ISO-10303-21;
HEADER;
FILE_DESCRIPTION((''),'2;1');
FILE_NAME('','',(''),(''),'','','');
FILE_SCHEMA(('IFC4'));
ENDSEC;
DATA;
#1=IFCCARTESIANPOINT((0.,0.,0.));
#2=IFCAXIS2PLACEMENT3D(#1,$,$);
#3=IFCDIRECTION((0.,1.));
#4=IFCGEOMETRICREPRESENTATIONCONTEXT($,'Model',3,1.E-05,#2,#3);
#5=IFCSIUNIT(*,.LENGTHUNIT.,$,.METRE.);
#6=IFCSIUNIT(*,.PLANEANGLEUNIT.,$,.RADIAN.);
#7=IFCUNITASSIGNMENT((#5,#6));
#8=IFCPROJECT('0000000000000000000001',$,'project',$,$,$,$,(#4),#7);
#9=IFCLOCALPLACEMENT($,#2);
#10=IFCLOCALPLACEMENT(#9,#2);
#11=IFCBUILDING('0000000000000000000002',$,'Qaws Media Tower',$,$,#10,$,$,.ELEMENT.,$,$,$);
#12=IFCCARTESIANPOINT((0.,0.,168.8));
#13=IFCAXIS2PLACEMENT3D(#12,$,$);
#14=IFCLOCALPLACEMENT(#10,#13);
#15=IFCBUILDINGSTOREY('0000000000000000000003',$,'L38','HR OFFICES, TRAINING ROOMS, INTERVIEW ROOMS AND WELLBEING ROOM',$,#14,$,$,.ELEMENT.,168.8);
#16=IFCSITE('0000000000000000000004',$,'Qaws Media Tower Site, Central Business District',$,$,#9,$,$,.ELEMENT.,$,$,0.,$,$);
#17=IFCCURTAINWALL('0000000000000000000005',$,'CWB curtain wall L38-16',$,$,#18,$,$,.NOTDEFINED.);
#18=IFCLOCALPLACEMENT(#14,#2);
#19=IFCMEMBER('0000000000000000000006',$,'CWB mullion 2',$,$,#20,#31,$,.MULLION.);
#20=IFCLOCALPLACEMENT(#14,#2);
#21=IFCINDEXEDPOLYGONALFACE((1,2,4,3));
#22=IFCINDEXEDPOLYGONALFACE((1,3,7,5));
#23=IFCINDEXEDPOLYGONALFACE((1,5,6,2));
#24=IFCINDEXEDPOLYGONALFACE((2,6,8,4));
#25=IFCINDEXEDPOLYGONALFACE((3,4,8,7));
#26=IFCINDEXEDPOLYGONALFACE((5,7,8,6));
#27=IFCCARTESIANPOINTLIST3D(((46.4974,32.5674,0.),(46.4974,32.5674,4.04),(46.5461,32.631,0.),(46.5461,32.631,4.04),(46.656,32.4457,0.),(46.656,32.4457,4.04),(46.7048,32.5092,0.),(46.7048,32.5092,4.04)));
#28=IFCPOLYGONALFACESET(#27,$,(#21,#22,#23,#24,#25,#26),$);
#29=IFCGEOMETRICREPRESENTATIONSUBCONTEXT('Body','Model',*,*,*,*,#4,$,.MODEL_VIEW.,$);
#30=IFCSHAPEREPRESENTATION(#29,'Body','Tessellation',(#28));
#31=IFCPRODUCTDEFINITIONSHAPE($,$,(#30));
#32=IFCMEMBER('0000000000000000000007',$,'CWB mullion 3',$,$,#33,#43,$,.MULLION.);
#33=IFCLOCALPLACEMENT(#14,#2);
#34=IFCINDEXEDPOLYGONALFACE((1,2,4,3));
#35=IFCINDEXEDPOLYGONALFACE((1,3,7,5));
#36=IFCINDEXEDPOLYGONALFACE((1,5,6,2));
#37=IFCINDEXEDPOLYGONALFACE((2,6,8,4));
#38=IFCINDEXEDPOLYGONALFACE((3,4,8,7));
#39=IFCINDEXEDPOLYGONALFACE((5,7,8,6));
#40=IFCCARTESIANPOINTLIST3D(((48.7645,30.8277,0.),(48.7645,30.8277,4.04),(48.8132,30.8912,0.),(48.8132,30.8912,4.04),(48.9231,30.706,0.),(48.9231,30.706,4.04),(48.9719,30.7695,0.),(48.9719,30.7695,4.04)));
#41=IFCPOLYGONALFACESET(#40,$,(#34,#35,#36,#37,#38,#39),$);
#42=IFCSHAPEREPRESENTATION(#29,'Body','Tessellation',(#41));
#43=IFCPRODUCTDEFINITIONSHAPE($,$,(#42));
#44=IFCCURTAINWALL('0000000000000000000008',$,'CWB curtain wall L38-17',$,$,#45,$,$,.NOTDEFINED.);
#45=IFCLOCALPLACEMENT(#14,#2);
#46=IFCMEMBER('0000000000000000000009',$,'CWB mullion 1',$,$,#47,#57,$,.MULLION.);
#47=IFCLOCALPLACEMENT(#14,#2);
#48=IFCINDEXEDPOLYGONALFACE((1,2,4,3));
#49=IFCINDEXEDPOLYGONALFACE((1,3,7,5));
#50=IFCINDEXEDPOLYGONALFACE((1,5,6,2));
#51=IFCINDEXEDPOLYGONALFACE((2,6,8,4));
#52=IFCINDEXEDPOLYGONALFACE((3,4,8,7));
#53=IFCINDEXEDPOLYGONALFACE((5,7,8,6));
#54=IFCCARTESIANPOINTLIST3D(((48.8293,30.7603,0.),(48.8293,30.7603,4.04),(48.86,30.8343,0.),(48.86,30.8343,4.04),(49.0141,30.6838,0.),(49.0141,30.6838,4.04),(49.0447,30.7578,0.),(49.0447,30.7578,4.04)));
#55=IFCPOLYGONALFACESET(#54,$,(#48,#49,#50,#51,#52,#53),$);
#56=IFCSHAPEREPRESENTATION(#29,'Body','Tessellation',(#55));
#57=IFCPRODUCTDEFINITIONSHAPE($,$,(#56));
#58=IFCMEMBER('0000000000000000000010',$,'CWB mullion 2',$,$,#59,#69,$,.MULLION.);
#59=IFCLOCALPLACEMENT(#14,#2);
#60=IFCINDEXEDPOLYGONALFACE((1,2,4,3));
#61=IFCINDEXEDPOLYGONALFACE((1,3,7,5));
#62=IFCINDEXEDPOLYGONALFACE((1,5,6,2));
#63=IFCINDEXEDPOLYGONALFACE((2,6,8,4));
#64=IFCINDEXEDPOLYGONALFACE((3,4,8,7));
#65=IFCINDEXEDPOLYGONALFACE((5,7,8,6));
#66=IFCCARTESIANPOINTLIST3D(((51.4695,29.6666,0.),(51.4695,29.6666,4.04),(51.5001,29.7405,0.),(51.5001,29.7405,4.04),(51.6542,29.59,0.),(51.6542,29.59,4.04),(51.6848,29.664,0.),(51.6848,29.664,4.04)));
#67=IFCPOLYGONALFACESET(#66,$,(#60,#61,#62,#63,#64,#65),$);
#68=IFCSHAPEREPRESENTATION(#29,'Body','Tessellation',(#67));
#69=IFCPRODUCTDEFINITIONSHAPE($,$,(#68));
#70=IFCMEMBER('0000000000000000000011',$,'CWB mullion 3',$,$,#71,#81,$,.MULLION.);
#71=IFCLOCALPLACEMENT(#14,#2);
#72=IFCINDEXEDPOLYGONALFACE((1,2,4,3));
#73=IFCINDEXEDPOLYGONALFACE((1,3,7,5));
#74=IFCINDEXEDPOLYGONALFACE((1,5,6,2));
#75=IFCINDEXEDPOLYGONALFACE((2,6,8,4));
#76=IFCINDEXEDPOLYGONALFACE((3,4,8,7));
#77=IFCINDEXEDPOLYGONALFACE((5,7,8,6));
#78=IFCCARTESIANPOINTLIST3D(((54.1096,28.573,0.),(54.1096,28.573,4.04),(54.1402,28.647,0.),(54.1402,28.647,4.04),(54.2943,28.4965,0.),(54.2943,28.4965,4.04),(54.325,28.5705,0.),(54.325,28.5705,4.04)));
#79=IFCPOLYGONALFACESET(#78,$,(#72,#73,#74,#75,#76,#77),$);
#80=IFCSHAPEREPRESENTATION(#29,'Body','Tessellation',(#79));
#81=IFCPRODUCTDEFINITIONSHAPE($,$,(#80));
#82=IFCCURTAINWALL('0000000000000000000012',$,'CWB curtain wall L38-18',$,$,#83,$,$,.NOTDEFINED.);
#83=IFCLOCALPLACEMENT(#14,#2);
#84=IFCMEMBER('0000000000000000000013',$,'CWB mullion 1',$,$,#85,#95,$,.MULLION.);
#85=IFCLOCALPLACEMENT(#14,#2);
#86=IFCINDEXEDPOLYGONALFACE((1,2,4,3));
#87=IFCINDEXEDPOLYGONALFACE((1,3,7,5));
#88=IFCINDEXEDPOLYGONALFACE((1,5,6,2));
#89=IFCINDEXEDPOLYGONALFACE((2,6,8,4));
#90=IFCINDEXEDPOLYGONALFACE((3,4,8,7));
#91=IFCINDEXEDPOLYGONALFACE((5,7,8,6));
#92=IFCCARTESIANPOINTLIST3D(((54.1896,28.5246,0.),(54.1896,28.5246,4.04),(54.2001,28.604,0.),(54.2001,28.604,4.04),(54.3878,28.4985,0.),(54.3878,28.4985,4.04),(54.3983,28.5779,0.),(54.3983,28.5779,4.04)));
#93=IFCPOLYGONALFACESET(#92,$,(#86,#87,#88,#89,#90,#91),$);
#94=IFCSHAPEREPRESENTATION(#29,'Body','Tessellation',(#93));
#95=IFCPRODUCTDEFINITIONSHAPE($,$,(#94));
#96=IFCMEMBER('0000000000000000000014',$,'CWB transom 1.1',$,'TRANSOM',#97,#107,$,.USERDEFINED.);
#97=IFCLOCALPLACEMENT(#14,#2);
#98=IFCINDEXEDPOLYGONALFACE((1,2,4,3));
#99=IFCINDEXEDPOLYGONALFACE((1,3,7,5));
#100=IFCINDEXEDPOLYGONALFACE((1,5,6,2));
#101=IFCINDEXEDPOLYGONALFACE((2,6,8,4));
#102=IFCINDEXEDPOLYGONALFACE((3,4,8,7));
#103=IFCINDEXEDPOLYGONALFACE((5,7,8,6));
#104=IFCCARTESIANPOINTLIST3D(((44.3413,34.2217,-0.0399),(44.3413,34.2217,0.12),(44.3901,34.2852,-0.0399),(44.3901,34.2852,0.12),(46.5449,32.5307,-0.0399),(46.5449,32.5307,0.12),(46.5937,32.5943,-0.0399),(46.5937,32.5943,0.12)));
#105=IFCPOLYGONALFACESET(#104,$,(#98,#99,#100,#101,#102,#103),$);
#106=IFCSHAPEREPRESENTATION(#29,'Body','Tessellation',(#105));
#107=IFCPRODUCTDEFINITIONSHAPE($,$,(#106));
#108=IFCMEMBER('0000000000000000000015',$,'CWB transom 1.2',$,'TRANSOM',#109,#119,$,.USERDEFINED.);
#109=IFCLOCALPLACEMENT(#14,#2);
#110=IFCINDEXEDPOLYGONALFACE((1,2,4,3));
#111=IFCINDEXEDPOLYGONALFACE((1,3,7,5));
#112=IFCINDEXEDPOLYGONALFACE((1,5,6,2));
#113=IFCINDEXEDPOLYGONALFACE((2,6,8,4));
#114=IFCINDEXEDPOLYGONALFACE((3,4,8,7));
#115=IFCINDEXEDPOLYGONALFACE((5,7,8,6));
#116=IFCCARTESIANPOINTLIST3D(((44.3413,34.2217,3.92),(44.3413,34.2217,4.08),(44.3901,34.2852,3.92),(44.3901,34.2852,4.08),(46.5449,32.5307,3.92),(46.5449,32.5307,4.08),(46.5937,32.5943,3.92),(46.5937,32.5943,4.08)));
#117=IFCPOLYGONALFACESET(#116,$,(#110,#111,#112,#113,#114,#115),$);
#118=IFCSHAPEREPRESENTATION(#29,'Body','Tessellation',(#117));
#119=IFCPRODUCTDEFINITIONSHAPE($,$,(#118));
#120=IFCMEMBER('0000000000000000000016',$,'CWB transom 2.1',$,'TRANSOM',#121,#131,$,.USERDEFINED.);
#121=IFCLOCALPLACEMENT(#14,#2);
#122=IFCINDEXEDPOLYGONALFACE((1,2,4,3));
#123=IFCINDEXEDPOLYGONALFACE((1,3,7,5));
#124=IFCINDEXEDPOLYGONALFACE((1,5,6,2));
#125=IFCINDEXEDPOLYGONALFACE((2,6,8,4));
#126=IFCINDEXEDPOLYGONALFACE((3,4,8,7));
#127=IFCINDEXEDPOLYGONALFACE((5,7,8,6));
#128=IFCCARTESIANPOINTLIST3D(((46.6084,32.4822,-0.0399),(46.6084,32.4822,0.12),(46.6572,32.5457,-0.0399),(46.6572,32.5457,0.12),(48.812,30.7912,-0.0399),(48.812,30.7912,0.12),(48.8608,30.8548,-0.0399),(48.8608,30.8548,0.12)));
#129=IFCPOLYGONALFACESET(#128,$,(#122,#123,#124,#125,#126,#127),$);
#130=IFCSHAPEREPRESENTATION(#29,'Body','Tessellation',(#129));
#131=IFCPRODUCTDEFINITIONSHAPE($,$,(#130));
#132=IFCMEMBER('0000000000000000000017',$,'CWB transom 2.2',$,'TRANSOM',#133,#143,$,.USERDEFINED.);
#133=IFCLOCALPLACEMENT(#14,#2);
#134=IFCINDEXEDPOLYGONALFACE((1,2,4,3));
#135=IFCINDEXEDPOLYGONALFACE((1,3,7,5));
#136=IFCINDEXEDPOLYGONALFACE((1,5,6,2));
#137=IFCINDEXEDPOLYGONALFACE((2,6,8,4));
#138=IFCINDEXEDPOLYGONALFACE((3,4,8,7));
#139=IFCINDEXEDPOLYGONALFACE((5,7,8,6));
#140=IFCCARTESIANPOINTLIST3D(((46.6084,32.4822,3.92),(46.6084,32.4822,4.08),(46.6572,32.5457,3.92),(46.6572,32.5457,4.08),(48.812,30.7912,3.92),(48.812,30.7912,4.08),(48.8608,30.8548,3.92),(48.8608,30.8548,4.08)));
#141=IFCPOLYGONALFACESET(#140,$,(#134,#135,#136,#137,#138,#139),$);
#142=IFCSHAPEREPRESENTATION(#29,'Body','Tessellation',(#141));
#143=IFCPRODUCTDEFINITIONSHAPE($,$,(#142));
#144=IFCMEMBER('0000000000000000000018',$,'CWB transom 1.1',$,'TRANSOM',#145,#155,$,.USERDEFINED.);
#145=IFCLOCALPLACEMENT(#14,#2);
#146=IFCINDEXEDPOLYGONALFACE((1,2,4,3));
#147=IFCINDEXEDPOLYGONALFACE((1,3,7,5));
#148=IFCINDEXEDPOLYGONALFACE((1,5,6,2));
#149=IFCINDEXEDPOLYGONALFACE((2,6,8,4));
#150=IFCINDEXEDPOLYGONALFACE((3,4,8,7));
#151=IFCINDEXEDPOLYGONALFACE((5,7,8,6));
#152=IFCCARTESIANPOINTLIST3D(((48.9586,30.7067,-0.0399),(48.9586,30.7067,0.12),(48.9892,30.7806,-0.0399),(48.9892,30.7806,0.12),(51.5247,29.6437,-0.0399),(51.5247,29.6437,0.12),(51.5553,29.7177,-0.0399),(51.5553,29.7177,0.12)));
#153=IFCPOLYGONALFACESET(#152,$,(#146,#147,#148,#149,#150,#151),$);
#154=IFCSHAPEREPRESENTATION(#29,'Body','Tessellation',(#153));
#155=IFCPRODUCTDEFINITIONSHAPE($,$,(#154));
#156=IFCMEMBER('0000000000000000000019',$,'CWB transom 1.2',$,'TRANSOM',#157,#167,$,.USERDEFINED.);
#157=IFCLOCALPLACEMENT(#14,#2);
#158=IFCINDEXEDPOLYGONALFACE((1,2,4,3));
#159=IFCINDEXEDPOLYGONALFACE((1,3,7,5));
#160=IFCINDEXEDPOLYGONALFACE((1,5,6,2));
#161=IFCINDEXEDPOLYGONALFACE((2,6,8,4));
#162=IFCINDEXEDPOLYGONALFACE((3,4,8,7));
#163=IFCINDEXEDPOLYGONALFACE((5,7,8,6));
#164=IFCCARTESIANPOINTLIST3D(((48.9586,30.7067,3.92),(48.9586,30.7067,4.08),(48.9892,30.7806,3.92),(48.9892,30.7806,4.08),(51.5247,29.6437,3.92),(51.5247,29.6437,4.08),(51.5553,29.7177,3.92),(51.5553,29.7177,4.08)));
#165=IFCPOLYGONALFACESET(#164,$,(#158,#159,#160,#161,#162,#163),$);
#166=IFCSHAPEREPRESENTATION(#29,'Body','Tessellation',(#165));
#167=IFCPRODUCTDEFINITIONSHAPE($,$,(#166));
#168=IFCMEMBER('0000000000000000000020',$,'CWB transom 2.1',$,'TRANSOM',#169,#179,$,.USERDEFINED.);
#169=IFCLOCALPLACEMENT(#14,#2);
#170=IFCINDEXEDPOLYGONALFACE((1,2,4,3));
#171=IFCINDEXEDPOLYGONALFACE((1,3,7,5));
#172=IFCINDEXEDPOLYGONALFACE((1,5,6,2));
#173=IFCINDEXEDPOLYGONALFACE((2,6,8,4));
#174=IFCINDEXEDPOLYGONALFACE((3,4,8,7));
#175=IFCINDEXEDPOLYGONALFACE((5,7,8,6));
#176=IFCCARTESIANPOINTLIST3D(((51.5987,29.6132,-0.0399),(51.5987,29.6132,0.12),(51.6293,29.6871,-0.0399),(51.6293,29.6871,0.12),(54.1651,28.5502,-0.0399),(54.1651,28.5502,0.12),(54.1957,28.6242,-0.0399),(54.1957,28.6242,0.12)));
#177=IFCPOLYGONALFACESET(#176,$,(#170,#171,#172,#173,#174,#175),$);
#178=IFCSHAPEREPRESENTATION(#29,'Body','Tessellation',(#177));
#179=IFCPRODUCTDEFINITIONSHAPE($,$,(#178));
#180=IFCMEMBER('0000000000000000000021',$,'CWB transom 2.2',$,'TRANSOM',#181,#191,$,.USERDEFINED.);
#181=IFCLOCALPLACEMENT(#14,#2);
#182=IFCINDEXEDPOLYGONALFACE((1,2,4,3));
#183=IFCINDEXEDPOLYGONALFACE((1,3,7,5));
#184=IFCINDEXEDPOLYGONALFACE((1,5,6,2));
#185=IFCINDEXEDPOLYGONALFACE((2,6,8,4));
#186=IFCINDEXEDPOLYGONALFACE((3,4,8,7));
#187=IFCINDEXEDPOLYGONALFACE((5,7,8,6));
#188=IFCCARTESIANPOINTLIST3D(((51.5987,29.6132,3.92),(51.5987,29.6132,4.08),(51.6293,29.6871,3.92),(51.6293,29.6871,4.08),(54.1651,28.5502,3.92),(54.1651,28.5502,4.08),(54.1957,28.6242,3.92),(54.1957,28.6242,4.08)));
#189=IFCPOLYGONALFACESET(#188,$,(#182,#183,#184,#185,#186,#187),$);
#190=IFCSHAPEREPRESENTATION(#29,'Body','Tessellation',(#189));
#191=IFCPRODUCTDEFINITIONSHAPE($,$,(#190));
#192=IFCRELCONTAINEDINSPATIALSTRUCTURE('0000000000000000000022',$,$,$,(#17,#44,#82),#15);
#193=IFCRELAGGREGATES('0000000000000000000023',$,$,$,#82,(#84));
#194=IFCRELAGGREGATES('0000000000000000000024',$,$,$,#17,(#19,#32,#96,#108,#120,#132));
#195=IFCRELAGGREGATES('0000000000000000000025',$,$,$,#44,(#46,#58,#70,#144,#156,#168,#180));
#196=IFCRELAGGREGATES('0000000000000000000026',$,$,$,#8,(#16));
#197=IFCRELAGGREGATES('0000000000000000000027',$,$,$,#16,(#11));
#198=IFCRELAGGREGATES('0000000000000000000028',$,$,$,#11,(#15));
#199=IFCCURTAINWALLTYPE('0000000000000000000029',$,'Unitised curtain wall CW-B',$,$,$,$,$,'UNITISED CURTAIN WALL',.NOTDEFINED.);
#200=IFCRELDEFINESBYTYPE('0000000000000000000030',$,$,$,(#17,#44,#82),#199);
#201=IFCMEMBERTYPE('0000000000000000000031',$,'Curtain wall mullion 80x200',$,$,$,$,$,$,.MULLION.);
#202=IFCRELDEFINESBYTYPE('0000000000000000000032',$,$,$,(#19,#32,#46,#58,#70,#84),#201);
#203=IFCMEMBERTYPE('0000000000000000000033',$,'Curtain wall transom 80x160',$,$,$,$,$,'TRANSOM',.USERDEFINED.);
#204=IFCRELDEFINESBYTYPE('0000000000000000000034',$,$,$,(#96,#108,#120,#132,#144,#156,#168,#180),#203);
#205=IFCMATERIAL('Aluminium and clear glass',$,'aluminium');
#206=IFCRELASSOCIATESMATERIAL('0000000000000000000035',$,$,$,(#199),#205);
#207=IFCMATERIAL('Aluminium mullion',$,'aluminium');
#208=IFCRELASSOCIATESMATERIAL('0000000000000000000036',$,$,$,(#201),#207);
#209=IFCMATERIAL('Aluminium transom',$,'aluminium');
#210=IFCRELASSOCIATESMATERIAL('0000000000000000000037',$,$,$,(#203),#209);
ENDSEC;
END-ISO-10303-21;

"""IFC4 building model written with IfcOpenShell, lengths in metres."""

from ifc_helpers import new_model, si_unit, direction, frame, origin, origin_2d, place, context, subcontext, project, spatial, rectangle, extrude, material, material_profile, profile_set, type_object, element, aggregate, save


model = new_model("IFC4")

# Units and contexts
model_context = context("Model", 3, precision=1e-05, world=origin(), true_north=direction((0.0, 1.0)))
body_context = subcontext(model_context, "Body", "Model", "MODEL_VIEW")
ifc_project = project(units=[si_unit("LENGTHUNIT", "METRE"), si_unit("PLANEANGLEUNIT", "RADIAN")], contexts=[model_context])

# Site, building, storey
site_placement = place(None, origin())
site = spatial("IfcSite", under=ifc_project, at=site_placement, Name="Qaws Media Tower Site, Central Business District", CompositionType="ELEMENT", RefElevation=0.0)
building_placement = place(site_placement, origin())
building = spatial("IfcBuilding", under=site, at=building_placement, Name="Qaws Media Tower", CompositionType="ELEMENT")
storey_placement = place(building_placement, frame((0.0, 0.0, 168.8)))
storey = spatial("IfcBuildingStorey", under=building, at=storey_placement, Name="L38", Description="HR OFFICES, TRAINING ROOMS, INTERVIEW ROOMS AND WELLBEING ROOM", CompositionType="ELEMENT", Elevation=168.8)

# Curtain walls, members
ifc_material_1 = material(Name="Aluminium and clear glass", Category="aluminium")
curtain_wall_type = type_object("IfcCurtainWallType", Name="Unitised curtain wall CW-B", ElementType="UNITISED CURTAIN WALL", PredefinedType="NOTDEFINED", material=ifc_material_1)
curtain_wall_1_placement = place(storey_placement, origin())
curtain_wall_1 = element("IfcCurtainWall", 1, at=curtain_wall_1_placement, inside=storey, type_object=curtain_wall_type, Name="CWB curtain wall L38-16", PredefinedType="NOTDEFINED")
ifc_material_2 = material(Name="Aluminium mullion", Category="aluminium")
ifc_material_profile_1 = material_profile(ifc_material_2, rectangle(XDim=0.0801, YDim=0.2, at=origin_2d()), Name="80x200")
ifc_profile_set_1 = profile_set([ifc_material_profile_1], Name="Aluminium mullion")
member_type_1 = type_object("IfcMemberType", Name="Curtain wall mullion 80x200", PredefinedType="MULLION", material=ifc_profile_set_1)
member_1_placement = place(storey_placement, frame((46.6011, 32.5383, 0.0), z_axis=(0.0, 0.0, 1.0), x_axis=(0.608761, 0.793353, 0.0)))
member_1 = element("IfcMember", 2, at=member_1_placement, type_object=member_type_1, Name="CWB mullion 2", PredefinedType="MULLION", context=body_context, shape_type="SweptSolid", body=[
    extrude(rectangle(XDim=0.0801, YDim=0.2, at=origin_2d()), origin(), (0.0, 0.0, 1.0), 4.04),
])
member_2_placement = place(storey_placement, frame((48.8682, 30.7986, 0.0), z_axis=(0.0, 0.0, 1.0), x_axis=(0.608761, 0.793353, 0.0)))
member_2 = element("IfcMember", 3, at=member_2_placement, type_object=member_type_1, Name="CWB mullion 3", PredefinedType="MULLION", context=body_context, shape_type="SweptSolid", body=[
    extrude(rectangle(XDim=0.0801, YDim=0.2, at=origin_2d()), origin(), (0.0, 0.0, 1.0), 4.04),
])
curtain_wall_2_placement = place(storey_placement, origin())
curtain_wall_2 = element("IfcCurtainWall", 4, at=curtain_wall_2_placement, inside=storey, type_object=curtain_wall_type, Name="CWB curtain wall L38-17", PredefinedType="NOTDEFINED")
member_3_placement = place(storey_placement, frame((48.937, 30.759, 0.0), z_axis=(0.0, 0.0, 1.0), x_axis=(0.382683, 0.92388, 0.0)))
member_3 = element("IfcMember", 5, at=member_3_placement, type_object=member_type_1, Name="CWB mullion 1", PredefinedType="MULLION", context=body_context, shape_type="SweptSolid", body=[
    extrude(rectangle(XDim=0.0801, YDim=0.2, at=origin_2d()), origin(), (0.0, 0.0, 1.0), 4.04),
])
member_4_placement = place(storey_placement, frame((51.5771, 29.6653, 0.0), z_axis=(0.0, 0.0, 1.0), x_axis=(0.382683, 0.92388, 0.0)))
member_4 = element("IfcMember", 6, at=member_4_placement, type_object=member_type_1, Name="CWB mullion 2", PredefinedType="MULLION", context=body_context, shape_type="SweptSolid", body=[
    extrude(rectangle(XDim=0.0801, YDim=0.2, at=origin_2d()), origin(), (0.0, 0.0, 1.0), 4.04),
])
member_5_placement = place(storey_placement, frame((54.2173, 28.5718, 0.0), z_axis=(0.0, 0.0, 1.0), x_axis=(0.382683, 0.92388, 0.0)))
member_5 = element("IfcMember", 7, at=member_5_placement, type_object=member_type_1, Name="CWB mullion 3", PredefinedType="MULLION", context=body_context, shape_type="SweptSolid", body=[
    extrude(rectangle(XDim=0.0801, YDim=0.2, at=origin_2d()), origin(), (0.0, 0.0, 1.0), 4.04),
])

# Curtain wall, member
curtain_wall_3_placement = place(storey_placement, origin())
curtain_wall_3 = element("IfcCurtainWall", 8, at=curtain_wall_3_placement, inside=storey, type_object=curtain_wall_type, Name="CWB curtain wall L38-18", PredefinedType="NOTDEFINED")
member_6_placement = place(storey_placement, frame((54.2939, 28.5513, 0.0), z_axis=(0.0, 0.0, 1.0), x_axis=(0.130526, 0.991445, 0.0)))
member_6 = element("IfcMember", 9, at=member_6_placement, type_object=member_type_1, Name="CWB mullion 1", PredefinedType="MULLION", context=body_context, shape_type="SweptSolid", body=[
    extrude(rectangle(XDim=0.0801, YDim=0.2, at=origin_2d()), origin(), (0.0, 0.0, 1.0), 4.04),
])

# Members
ifc_material_3 = material(Name="Aluminium transom", Category="aluminium")
ifc_material_profile_2 = material_profile(ifc_material_3, rectangle(XDim=0.0801, YDim=0.1599, at=origin_2d()), Name="80x160")
ifc_profile_set_2 = profile_set([ifc_material_profile_2], Name="Aluminium transom")
member_type_2 = type_object("IfcMemberType", Name="Curtain wall transom 80x160", ElementType="TRANSOM", PredefinedType="USERDEFINED", material=ifc_profile_set_2)
member_7_placement = place(storey_placement, frame((44.3657, 34.2534, 0.04), z_axis=(0.793349, -0.608767, 0.0), x_axis=(0.608767, 0.793349, 0.0)))
member_7 = element("IfcMember", 10, at=member_7_placement, type_object=member_type_2, Name="CWB transom 1.1", ObjectType="TRANSOM", PredefinedType="USERDEFINED", context=body_context, shape_type="SweptSolid", body=[
    extrude(rectangle(XDim=0.0801, YDim=0.1599, at=origin_2d()), origin(), (0.0, 0.0, 1.0), 2.7776),
])
member_8_placement = place(storey_placement, frame((44.3657, 34.2534, 4.0), z_axis=(0.793349, -0.608767, 0.0), x_axis=(0.608767, 0.793349, 0.0)))
member_8 = element("IfcMember", 11, at=member_8_placement, type_object=member_type_2, Name="CWB transom 1.2", ObjectType="TRANSOM", PredefinedType="USERDEFINED", context=body_context, shape_type="SweptSolid", body=[
    extrude(rectangle(XDim=0.0801, YDim=0.1599, at=origin_2d()), origin(), (0.0, 0.0, 1.0), 2.7776),
])
member_9_placement = place(storey_placement, frame((46.6328, 32.5139, 0.04), z_axis=(0.793349, -0.608767, 0.0), x_axis=(0.608767, 0.793349, 0.0)))
member_9 = element("IfcMember", 12, at=member_9_placement, type_object=member_type_2, Name="CWB transom 2.1", ObjectType="TRANSOM", PredefinedType="USERDEFINED", context=body_context, shape_type="SweptSolid", body=[
    extrude(rectangle(XDim=0.0801, YDim=0.1599, at=origin_2d()), origin(), (0.0, 0.0, 1.0), 2.7776),
])
member_10_placement = place(storey_placement, frame((46.6328, 32.5139, 4.0), z_axis=(0.793349, -0.608767, 0.0), x_axis=(0.608767, 0.793349, 0.0)))
member_10 = element("IfcMember", 13, at=member_10_placement, type_object=member_type_2, Name="CWB transom 2.2", ObjectType="TRANSOM", PredefinedType="USERDEFINED", context=body_context, shape_type="SweptSolid", body=[
    extrude(rectangle(XDim=0.0801, YDim=0.1599, at=origin_2d()), origin(), (0.0, 0.0, 1.0), 2.7776),
])
member_11_placement = place(storey_placement, frame((48.9739, 30.7437, 0.04), z_axis=(0.923873, -0.382699, 0.0), x_axis=(0.382699, 0.923873, 0.0)))
member_11 = element("IfcMember", 14, at=member_11_placement, type_object=member_type_2, Name="CWB transom 1.1", ObjectType="TRANSOM", PredefinedType="USERDEFINED", context=body_context, shape_type="SweptSolid", body=[
    extrude(rectangle(XDim=0.0801, YDim=0.1599, at=origin_2d()), origin(), (0.0, 0.0, 1.0), 2.7776),
])
member_12_placement = place(storey_placement, frame((48.9739, 30.7437, 4.0), z_axis=(0.923873, -0.382699, 0.0), x_axis=(0.382699, 0.923873, 0.0)))
member_12 = element("IfcMember", 15, at=member_12_placement, type_object=member_type_2, Name="CWB transom 1.2", ObjectType="TRANSOM", PredefinedType="USERDEFINED", context=body_context, shape_type="SweptSolid", body=[
    extrude(rectangle(XDim=0.0801, YDim=0.1599, at=origin_2d()), origin(), (0.0, 0.0, 1.0), 2.7776),
])
member_13_placement = place(storey_placement, frame((51.614, 29.6501, 0.04), z_axis=(0.923886, -0.382667, 0.0), x_axis=(0.382667, 0.923886, 0.0)))
member_13 = element("IfcMember", 16, at=member_13_placement, type_object=member_type_2, Name="CWB transom 2.1", ObjectType="TRANSOM", PredefinedType="USERDEFINED", context=body_context, shape_type="SweptSolid", body=[
    extrude(rectangle(XDim=0.0801, YDim=0.1599, at=origin_2d()), origin(), (0.0, 0.0, 1.0), 2.7778),
])
member_14_placement = place(storey_placement, frame((51.614, 29.6501, 4.0), z_axis=(0.923886, -0.382667, 0.0), x_axis=(0.382667, 0.923886, 0.0)))
member_14 = element("IfcMember", 17, at=member_14_placement, type_object=member_type_2, Name="CWB transom 2.2", ObjectType="TRANSOM", PredefinedType="USERDEFINED", context=body_context, shape_type="SweptSolid", body=[
    extrude(rectangle(XDim=0.0801, YDim=0.1599, at=origin_2d()), origin(), (0.0, 0.0, 1.0), 2.7778),
])
aggregate(curtain_wall_3, [member_6])

aggregate(curtain_wall_1, [member_1, member_2, member_7, member_8, member_9, member_10])
aggregate(curtain_wall_2, [member_3, member_4, member_5, member_11, member_12, member_13, member_14])

save(model, "model.ifc")
